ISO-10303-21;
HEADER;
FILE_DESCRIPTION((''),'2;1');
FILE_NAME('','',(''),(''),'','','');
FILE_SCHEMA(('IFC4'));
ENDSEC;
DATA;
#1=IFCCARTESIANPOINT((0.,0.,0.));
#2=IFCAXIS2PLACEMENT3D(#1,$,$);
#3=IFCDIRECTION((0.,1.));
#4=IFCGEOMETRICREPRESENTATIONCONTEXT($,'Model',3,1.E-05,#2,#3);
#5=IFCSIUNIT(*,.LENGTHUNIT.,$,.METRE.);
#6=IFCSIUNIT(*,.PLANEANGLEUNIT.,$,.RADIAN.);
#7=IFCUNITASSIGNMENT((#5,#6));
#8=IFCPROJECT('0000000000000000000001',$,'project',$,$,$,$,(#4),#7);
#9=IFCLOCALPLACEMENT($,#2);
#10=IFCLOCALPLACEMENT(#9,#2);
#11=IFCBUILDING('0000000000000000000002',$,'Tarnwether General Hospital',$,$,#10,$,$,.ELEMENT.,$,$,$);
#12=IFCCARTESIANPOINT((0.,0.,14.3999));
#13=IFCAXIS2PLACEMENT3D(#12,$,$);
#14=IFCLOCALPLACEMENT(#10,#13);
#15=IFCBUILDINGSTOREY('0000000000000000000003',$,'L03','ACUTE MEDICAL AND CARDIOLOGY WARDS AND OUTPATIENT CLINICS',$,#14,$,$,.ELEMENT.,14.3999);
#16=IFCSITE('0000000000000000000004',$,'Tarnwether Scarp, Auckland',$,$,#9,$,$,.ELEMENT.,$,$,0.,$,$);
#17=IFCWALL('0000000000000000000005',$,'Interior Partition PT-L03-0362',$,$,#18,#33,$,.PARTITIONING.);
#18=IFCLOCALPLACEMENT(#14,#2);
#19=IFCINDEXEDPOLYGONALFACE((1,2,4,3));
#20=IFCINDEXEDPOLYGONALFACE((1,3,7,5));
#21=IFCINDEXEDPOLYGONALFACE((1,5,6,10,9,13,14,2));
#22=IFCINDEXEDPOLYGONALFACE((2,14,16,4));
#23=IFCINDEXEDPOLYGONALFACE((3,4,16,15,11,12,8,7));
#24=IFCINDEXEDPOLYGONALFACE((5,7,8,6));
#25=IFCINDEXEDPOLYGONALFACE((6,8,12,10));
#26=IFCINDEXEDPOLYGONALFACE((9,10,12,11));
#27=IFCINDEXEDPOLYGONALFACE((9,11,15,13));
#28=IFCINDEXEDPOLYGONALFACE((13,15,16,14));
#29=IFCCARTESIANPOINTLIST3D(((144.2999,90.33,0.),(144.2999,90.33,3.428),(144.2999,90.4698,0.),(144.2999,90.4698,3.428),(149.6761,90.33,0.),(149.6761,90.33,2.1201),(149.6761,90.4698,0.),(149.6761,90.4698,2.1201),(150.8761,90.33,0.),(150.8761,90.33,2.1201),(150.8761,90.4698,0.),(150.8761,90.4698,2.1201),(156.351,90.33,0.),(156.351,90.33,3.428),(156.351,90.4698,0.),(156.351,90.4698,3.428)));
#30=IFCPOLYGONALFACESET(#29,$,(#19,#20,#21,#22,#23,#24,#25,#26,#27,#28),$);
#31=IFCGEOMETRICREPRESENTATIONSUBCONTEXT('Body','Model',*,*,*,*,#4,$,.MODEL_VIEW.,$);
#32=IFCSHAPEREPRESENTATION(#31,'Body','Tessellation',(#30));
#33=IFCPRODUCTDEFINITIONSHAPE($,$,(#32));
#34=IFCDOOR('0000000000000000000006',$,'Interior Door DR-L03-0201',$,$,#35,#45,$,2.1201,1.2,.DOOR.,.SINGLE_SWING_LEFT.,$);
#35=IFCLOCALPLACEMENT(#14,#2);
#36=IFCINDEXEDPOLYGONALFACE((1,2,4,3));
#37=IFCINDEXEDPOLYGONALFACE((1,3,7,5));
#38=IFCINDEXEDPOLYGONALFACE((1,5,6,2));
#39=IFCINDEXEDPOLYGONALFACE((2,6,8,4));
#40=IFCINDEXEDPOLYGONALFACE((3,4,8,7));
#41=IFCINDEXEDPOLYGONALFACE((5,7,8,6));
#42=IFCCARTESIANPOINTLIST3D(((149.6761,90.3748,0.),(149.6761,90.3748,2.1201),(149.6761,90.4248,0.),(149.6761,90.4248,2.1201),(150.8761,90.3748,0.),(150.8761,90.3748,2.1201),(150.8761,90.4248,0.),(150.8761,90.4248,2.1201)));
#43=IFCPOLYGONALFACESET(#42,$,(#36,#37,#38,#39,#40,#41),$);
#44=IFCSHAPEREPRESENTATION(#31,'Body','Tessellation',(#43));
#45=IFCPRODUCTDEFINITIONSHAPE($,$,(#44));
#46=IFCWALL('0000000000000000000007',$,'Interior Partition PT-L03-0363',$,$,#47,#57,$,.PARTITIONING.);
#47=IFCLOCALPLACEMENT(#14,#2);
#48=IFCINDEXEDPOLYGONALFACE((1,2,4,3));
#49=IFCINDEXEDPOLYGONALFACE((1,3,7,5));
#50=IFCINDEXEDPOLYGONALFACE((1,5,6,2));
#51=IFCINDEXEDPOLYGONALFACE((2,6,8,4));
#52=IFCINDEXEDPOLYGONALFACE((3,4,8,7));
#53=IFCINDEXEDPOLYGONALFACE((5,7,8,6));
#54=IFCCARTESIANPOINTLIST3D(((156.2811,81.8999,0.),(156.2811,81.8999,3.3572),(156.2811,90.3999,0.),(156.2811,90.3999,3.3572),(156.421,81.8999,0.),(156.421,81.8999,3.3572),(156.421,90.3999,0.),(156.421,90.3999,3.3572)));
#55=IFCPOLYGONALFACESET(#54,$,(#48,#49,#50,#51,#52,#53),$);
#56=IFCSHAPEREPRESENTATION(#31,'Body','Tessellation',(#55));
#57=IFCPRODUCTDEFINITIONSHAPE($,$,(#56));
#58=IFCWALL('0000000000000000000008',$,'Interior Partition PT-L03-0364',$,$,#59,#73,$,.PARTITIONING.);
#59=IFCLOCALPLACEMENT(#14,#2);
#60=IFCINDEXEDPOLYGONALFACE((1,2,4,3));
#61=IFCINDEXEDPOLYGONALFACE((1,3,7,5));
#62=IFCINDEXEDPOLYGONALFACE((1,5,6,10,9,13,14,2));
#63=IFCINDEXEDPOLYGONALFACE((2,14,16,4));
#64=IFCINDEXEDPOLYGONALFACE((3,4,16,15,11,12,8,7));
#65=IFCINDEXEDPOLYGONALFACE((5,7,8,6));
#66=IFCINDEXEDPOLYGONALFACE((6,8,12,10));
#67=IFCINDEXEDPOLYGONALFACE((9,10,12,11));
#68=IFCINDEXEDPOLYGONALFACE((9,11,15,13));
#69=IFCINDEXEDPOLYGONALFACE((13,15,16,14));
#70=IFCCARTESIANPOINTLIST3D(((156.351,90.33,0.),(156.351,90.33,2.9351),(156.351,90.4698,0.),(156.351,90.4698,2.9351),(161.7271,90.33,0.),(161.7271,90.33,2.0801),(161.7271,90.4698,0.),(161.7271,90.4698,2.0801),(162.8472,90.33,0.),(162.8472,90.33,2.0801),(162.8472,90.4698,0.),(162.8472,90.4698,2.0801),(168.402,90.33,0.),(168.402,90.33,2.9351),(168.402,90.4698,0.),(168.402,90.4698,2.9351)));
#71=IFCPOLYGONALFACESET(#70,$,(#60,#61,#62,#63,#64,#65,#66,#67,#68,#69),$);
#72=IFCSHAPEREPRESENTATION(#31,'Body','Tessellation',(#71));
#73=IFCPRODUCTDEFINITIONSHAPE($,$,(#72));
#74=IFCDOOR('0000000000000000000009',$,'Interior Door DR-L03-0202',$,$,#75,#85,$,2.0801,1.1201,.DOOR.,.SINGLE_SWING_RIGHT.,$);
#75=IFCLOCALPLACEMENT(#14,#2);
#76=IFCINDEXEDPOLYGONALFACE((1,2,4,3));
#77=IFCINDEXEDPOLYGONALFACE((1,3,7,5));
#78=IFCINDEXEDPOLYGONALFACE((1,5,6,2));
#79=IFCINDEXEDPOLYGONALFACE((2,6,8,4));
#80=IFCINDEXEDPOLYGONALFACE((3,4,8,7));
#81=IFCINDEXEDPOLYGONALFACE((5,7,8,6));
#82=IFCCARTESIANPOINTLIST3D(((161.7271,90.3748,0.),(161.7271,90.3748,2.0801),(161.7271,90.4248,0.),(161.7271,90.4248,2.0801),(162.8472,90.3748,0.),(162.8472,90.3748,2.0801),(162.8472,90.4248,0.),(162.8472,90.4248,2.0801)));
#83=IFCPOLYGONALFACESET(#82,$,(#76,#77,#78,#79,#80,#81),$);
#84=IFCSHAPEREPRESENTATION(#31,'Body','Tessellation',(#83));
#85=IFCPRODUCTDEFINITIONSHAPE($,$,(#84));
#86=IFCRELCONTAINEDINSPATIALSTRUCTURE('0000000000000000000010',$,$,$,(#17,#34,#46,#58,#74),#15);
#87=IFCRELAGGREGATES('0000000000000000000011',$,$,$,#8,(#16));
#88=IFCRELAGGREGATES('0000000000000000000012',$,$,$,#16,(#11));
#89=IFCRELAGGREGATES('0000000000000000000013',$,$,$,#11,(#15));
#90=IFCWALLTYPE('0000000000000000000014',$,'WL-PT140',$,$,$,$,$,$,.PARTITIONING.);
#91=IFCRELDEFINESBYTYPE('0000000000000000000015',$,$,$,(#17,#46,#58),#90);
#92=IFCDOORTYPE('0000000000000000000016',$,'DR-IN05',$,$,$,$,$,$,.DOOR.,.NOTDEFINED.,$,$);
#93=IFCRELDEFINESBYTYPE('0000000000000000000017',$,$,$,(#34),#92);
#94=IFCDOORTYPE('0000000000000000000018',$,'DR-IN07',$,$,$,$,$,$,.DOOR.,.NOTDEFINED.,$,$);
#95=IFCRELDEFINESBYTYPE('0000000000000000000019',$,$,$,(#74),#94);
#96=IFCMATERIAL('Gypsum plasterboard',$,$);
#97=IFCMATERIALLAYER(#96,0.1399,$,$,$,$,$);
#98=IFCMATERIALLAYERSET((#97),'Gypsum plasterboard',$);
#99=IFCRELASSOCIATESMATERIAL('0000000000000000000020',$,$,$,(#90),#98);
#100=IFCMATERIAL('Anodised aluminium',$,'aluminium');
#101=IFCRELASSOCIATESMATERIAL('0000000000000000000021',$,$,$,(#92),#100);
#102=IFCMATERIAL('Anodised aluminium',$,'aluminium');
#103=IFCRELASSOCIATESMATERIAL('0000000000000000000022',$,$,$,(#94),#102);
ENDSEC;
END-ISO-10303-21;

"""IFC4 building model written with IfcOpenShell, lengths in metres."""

from ifc_helpers import new_model, si_unit, direction, frame, frame_2d, origin, place, context, subcontext, project, spatial, rectangle, extrude, material, layer, layer_set, type_object, element, fill, save


model = new_model("IFC4")

# Units and contexts
model_context = context("Model", 3, precision=1e-05, world=origin(), true_north=direction((0.0, 1.0)))
body_context = subcontext(model_context, "Body", "Model", "MODEL_VIEW")
ifc_project = project(units=[si_unit("LENGTHUNIT", "METRE"), si_unit("PLANEANGLEUNIT", "RADIAN")], contexts=[model_context])

# Site, building, storey
site_placement = place(None, origin())
site = spatial("IfcSite", under=ifc_project, at=site_placement, Name="Tarnwether Scarp, Auckland", CompositionType="ELEMENT", RefElevation=0.0)
building_placement = place(site_placement, origin())
building = spatial("IfcBuilding", under=site, at=building_placement, Name="Tarnwether General Hospital", CompositionType="ELEMENT")
storey_placement = place(building_placement, frame((0.0, 0.0, 14.3999)))
storey = spatial("IfcBuildingStorey", under=building, at=storey_placement, Name="L03", Description="ACUTE MEDICAL AND CARDIOLOGY WARDS AND OUTPATIENT CLINICS", CompositionType="ELEMENT", Elevation=14.3999)

# Wall, opening, door
ifc_material_1 = material(Name="Gypsum plasterboard")
ifc_layer_1 = layer(ifc_material_1, 0.1399)
ifc_layer_set_1 = layer_set([ifc_layer_1], Name="Gypsum plasterboard")
wall_type = type_object("IfcWallType", Name="WL-PT140", PredefinedType="PARTITIONING", material=ifc_layer_set_1)
wall_1_placement = place(storey_placement, frame((144.3, 90.3999, 0.0), z_axis=(0.0, 0.0, 1.0), x_axis=(1.0, 0.0, 0.0)))
wall_1 = element("IfcWall", 1, at=wall_1_placement, inside=storey, type_object=wall_type, Name="Interior Partition PT-L03-0362", PredefinedType="PARTITIONING", context=body_context, shape_type="SweptSolid", body=[
    extrude(rectangle(XDim=12.051, YDim=0.1399, at=frame_2d((6.0254, 0.0))), origin(), (0.0, 0.0, 1.0), 3.428),
])
opening_1_placement = place(wall_1_placement, frame((5.376, 0.0, 0.0)))
opening_1 = element("IfcOpeningElement", 2, at=opening_1_placement, cuts=wall_1, PredefinedType="OPENING", context=body_context, shape_type="SweptSolid", body=[
    extrude(rectangle(XDim=1.2, YDim=2.1201, at=frame_2d((0.6001, 1.0601))), frame((0.0, 0.0801, 0.0), z_axis=(0.0, -1.0, 0.0), x_axis=(1.0, 0.0, 0.0)), (0.0, 0.0, 1.0), 0.1599),
])
ifc_material_2 = material(Name="Anodised aluminium", Category="aluminium")
door_type_1 = type_object("IfcDoorType", Name="DR-IN05", OperationType="NOTDEFINED", PredefinedType="DOOR", material=ifc_material_2)
door_1_placement = place(opening_1_placement, origin())
door_1 = element("IfcDoor", 3, at=door_1_placement, inside=storey, type_object=door_type_1, Name="Interior Door DR-L03-0201", OperationType="SINGLE_SWING_LEFT", OverallHeight=2.1201, OverallWidth=1.2, PredefinedType="DOOR", context=body_context, shape_type="SweptSolid", body=[
    extrude(rectangle(XDim=1.2, YDim=2.1201, at=frame_2d((0.6001, 1.0601))), frame((0.0, 0.0249, 0.0), z_axis=(0.0, -1.0, 0.0), x_axis=(1.0, 0.0, 0.0)), (0.0, 0.0, 1.0), 0.05),
])
fill(opening_1, door_1)

# Wall
wall_2_placement = place(storey_placement, frame((156.3511, 81.8999, 0.0), z_axis=(0.0, 0.0, 1.0), x_axis=(0.0, 1.0, 0.0)))
element("IfcWall", 4, at=wall_2_placement, inside=storey, type_object=wall_type, Name="Interior Partition PT-L03-0363", PredefinedType="PARTITIONING", context=body_context, shape_type="SweptSolid", body=[
    extrude(rectangle(XDim=8.5, YDim=0.1399, at=frame_2d((4.25, 0.0))), origin(), (0.0, 0.0, 1.0), 3.3572),
])

# Wall, opening, door
wall_3_placement = place(storey_placement, frame((156.3511, 90.3999, 0.0), z_axis=(0.0, 0.0, 1.0), x_axis=(1.0, 0.0, 0.0)))
wall_3 = element("IfcWall", 5, at=wall_3_placement, inside=storey, type_object=wall_type, Name="Interior Partition PT-L03-0364", PredefinedType="PARTITIONING", context=body_context, shape_type="SweptSolid", body=[
    extrude(rectangle(XDim=12.051, YDim=0.1399, at=frame_2d((6.0254, 0.0))), origin(), (0.0, 0.0, 1.0), 2.9351),
])
opening_2_placement = place(wall_3_placement, frame((5.376, 0.0, 0.0)))
opening_2 = element("IfcOpeningElement", 6, at=opening_2_placement, cuts=wall_3, PredefinedType="OPENING", context=body_context, shape_type="SweptSolid", body=[
    extrude(rectangle(XDim=1.1201, YDim=2.0801, at=frame_2d((0.5601, 1.04))), frame((0.0, 0.0801, 0.0), z_axis=(0.0, -1.0, 0.0), x_axis=(1.0, 0.0, 0.0)), (0.0, 0.0, 1.0), 0.1599),
])
ifc_material_3 = material(Name="Anodised aluminium", Category="aluminium")
door_type_2 = type_object("IfcDoorType", Name="DR-IN07", OperationType="NOTDEFINED", PredefinedType="DOOR", material=ifc_material_3)
door_2_placement = place(opening_2_placement, origin())
door_2 = element("IfcDoor", 7, at=door_2_placement, inside=storey, type_object=door_type_2, Name="Interior Door DR-L03-0202", OperationType="SINGLE_SWING_RIGHT", OverallHeight=2.0801, OverallWidth=1.1201, PredefinedType="DOOR", context=body_context, shape_type="SweptSolid", body=[
    extrude(rectangle(XDim=1.1201, YDim=2.0801, at=frame_2d((0.5601, 1.04))), frame((0.0, 0.0249, 0.0), z_axis=(0.0, -1.0, 0.0), x_axis=(1.0, 0.0, 0.0)), (0.0, 0.0, 1.0), 0.05),
])
fill(opening_2, door_2)

save(model, "model.ifc")
